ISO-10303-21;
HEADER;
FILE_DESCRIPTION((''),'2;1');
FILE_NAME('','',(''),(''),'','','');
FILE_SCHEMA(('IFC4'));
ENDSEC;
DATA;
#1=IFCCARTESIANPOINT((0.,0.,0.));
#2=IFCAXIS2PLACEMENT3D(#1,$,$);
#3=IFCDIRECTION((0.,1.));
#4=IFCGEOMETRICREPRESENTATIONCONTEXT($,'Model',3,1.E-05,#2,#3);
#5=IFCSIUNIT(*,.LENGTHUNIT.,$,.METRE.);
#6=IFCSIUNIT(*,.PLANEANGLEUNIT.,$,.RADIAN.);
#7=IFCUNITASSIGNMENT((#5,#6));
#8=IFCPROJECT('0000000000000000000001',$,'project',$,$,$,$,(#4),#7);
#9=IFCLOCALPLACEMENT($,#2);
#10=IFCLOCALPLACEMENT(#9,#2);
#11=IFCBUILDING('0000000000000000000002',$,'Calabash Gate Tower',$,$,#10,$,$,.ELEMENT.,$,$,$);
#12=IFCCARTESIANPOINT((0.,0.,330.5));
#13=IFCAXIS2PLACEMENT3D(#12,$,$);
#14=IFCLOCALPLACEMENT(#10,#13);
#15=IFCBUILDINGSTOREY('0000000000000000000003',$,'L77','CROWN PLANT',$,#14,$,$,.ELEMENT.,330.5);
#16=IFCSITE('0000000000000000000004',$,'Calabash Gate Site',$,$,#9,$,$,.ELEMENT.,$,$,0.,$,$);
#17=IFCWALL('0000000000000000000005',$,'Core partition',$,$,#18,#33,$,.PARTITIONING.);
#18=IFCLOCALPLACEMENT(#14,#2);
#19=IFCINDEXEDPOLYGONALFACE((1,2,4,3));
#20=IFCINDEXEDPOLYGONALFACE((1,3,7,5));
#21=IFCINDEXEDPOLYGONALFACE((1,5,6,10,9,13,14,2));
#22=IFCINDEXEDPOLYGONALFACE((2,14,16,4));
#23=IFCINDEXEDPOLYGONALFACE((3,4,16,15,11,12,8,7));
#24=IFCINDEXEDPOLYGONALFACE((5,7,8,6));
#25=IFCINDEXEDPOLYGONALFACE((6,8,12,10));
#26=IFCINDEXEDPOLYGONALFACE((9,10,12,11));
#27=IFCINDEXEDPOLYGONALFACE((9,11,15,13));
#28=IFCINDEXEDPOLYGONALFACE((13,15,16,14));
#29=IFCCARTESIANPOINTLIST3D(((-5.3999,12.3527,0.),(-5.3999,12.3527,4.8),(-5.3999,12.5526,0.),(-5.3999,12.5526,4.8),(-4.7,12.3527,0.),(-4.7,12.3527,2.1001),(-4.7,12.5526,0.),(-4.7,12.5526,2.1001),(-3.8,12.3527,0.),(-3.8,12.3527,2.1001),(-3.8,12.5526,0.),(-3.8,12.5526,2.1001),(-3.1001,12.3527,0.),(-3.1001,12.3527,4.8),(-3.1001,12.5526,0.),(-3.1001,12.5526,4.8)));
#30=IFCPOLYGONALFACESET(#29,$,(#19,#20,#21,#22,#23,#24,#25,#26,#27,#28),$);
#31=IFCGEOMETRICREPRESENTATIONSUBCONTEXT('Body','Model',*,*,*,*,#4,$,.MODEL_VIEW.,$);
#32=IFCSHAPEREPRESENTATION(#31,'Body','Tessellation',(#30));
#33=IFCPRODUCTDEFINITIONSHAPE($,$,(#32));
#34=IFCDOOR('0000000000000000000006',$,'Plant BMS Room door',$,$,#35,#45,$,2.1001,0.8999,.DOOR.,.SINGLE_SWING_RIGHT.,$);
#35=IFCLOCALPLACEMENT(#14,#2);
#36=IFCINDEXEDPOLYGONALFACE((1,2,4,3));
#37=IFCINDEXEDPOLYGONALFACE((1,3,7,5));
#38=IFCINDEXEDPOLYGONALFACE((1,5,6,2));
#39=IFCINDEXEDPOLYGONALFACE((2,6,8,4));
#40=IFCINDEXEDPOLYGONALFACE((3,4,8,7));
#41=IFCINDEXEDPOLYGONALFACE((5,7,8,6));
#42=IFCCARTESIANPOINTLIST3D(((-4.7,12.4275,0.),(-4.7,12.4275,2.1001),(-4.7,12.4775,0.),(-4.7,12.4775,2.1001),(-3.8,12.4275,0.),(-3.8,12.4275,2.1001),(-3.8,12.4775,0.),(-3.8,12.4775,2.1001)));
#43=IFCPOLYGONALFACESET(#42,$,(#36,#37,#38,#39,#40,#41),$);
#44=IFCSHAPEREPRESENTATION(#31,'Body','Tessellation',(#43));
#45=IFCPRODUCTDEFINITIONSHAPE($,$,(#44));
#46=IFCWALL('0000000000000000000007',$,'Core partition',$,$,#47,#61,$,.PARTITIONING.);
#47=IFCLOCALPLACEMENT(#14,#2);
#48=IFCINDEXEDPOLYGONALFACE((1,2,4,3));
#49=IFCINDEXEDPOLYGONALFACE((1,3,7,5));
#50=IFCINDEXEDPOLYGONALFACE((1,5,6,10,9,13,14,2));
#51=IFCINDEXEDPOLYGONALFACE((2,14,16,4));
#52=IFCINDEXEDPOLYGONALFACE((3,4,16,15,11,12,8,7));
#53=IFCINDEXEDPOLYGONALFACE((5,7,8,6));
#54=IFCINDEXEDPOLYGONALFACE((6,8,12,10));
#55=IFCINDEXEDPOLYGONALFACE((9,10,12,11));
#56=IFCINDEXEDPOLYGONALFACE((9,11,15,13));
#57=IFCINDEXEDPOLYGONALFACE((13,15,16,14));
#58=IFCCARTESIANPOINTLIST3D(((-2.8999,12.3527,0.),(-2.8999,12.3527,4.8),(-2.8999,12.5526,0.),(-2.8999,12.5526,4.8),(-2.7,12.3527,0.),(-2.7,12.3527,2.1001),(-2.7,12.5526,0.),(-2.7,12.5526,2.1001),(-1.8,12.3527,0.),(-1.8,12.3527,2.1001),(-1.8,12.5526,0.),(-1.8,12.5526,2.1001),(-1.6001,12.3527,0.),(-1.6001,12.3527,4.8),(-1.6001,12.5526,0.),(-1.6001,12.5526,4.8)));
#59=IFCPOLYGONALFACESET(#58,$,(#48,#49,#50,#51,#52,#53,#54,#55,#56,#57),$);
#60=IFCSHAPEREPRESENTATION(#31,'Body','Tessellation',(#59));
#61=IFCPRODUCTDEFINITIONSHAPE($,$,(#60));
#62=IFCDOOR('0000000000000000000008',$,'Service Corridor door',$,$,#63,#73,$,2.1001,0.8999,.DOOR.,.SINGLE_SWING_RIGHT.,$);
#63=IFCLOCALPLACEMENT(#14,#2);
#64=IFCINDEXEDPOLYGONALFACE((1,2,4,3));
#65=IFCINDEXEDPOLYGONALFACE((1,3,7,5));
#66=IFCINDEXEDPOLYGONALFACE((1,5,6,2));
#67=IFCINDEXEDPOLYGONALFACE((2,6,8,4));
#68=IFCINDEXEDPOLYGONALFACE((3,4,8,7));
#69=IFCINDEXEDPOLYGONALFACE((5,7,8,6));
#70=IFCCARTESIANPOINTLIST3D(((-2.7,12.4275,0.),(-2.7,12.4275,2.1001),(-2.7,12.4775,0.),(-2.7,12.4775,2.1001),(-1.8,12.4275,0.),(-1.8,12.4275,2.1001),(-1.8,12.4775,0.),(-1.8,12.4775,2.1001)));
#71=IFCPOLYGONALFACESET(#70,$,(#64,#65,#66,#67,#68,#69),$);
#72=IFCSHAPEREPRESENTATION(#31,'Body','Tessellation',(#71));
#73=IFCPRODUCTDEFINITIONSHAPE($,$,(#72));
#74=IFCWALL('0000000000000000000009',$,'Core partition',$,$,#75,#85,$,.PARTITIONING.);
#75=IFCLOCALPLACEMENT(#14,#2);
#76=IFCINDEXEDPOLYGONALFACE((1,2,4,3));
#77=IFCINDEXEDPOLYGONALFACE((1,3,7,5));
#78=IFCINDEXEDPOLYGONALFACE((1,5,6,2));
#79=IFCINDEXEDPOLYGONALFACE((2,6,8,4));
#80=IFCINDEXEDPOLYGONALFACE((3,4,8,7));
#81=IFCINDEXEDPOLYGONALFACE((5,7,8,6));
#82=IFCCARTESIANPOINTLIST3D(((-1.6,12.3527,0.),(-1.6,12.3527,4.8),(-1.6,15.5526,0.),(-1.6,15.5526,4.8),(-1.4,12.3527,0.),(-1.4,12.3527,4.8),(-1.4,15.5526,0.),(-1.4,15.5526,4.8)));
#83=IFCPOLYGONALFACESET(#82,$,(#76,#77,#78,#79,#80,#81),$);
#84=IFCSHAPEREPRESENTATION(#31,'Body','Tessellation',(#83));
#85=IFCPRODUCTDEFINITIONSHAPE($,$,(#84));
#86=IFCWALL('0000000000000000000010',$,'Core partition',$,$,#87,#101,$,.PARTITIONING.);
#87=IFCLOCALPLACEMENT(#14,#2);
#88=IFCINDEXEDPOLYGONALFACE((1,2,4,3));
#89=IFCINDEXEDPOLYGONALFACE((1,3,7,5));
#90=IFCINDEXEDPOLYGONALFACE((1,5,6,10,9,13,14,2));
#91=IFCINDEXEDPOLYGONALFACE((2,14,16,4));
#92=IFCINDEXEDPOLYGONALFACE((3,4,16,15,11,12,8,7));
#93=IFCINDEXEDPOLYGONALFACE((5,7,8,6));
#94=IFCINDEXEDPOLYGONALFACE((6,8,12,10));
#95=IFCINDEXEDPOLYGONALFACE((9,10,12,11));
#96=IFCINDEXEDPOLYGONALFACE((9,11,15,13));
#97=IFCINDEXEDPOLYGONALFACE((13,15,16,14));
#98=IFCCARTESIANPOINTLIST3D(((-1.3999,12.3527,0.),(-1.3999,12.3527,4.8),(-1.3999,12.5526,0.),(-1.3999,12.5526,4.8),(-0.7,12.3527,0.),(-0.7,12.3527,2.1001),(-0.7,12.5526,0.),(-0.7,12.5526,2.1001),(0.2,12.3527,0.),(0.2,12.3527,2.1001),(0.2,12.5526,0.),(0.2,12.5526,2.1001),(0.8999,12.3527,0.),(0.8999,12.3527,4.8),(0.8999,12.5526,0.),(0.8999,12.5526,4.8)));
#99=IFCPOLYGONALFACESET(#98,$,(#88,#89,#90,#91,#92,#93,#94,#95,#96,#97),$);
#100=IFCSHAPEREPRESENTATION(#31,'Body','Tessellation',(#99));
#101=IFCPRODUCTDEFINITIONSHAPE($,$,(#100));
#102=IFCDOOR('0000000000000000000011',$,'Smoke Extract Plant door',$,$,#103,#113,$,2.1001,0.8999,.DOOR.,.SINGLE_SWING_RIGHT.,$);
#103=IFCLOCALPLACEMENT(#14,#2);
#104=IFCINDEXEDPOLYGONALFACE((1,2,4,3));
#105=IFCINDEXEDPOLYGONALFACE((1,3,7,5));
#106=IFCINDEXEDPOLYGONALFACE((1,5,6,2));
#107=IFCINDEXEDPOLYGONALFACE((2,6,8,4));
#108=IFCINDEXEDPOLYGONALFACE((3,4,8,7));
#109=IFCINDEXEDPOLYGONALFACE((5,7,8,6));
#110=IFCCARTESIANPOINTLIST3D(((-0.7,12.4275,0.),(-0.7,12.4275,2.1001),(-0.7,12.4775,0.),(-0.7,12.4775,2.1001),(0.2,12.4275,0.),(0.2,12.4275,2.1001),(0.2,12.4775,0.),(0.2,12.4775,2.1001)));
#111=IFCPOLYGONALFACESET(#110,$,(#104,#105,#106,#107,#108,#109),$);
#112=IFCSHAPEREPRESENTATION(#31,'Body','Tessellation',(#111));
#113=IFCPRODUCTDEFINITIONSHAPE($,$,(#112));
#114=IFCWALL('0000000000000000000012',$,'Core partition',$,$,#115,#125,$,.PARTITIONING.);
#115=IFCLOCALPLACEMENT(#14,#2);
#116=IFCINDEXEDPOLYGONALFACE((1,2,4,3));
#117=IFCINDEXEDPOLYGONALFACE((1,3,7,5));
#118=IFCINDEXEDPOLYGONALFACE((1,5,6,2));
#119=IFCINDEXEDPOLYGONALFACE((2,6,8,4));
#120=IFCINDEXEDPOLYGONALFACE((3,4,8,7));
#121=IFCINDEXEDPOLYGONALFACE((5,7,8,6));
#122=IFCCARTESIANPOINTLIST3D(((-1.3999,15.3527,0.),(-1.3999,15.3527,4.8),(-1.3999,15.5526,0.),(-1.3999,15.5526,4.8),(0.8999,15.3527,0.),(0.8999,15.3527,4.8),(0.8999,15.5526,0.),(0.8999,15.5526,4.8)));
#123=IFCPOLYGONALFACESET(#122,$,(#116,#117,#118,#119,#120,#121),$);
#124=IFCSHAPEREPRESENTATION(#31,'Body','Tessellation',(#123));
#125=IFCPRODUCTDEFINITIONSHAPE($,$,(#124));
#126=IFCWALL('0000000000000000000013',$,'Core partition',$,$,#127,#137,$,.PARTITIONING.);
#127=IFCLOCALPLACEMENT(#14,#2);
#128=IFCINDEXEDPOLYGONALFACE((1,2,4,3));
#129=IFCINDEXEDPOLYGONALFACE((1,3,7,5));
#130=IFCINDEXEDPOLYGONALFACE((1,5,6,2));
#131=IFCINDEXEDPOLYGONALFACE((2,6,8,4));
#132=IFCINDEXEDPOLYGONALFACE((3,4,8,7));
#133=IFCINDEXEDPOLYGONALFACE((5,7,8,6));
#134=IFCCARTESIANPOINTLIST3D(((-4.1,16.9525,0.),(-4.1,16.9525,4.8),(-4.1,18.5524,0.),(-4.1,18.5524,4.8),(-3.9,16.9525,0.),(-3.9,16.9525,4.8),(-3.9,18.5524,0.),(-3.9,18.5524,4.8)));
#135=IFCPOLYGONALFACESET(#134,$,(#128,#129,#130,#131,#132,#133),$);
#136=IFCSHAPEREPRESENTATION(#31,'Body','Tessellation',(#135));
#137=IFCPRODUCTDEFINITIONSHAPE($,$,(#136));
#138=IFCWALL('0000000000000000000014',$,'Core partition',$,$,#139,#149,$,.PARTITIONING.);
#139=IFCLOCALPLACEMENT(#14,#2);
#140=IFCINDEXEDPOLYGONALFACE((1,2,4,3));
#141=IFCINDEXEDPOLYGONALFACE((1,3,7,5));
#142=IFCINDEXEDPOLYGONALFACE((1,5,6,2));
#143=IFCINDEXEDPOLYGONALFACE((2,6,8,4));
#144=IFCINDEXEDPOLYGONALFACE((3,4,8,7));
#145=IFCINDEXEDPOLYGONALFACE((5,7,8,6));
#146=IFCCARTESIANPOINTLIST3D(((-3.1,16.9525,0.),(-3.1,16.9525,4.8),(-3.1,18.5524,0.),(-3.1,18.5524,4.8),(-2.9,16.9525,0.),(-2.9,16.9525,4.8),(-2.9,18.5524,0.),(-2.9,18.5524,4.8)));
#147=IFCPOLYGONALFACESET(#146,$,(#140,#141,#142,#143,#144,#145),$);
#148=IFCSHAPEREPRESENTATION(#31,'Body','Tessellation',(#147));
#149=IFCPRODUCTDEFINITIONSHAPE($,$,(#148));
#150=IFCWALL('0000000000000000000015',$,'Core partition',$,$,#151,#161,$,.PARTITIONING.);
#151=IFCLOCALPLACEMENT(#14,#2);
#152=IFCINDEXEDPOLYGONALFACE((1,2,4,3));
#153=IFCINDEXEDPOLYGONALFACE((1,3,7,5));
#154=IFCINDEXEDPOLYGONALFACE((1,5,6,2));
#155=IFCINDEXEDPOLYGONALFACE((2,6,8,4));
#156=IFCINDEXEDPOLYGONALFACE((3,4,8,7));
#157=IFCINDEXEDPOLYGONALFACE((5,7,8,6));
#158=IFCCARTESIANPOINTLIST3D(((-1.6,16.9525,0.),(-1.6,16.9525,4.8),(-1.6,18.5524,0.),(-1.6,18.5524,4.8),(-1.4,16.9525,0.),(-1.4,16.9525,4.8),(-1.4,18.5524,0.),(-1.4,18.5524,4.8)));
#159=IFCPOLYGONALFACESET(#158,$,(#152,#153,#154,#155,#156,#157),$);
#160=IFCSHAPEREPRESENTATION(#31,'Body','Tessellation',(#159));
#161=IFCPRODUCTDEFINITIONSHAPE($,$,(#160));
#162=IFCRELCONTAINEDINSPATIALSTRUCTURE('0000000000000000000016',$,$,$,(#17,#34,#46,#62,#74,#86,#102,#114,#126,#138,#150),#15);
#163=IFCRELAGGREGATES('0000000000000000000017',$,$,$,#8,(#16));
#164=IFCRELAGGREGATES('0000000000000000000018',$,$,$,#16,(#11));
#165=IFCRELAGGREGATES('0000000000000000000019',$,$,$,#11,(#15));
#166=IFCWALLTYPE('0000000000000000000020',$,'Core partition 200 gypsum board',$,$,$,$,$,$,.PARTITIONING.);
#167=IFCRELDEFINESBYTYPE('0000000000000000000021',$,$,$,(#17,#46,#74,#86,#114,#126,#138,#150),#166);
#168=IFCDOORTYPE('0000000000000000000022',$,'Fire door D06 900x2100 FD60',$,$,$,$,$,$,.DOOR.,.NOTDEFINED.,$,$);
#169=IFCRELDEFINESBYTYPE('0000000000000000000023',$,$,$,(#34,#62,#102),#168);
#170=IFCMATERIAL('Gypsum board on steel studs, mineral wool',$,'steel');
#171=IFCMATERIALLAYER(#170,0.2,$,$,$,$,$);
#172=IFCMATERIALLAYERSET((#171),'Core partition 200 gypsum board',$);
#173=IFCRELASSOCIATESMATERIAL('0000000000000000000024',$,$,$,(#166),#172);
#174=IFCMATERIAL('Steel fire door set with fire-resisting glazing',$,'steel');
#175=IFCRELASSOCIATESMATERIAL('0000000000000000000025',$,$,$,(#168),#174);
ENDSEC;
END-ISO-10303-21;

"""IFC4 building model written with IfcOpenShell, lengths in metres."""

from ifc_helpers import new_model, si_unit, direction, frame, frame_2d, origin, place, context, subcontext, project, spatial, rectangle, extrude, material, layer, layer_set, type_object, element, fill, save


model = new_model("IFC4")

# Units and contexts
model_context = context("Model", 3, precision=1e-05, world=origin(), true_north=direction((0.0, 1.0)))
body_context = subcontext(model_context, "Body", "Model", "MODEL_VIEW")
ifc_project = project(units=[si_unit("LENGTHUNIT", "METRE"), si_unit("PLANEANGLEUNIT", "RADIAN")], contexts=[model_context])

# Site, building, storey
site_placement = place(None, origin())
site = spatial("IfcSite", under=ifc_project, at=site_placement, Name="Calabash Gate Site", CompositionType="ELEMENT", RefElevation=0.0)
building_placement = place(site_placement, origin())
building = spatial("IfcBuilding", under=site, at=building_placement, Name="Calabash Gate Tower", CompositionType="ELEMENT")
storey_placement = place(building_placement, frame((0.0, 0.0, 330.5)))
storey = spatial("IfcBuildingStorey", under=building, at=storey_placement, Name="L77", Description="CROWN PLANT", CompositionType="ELEMENT", Elevation=330.5)

# Walls, openings, doors
ifc_material_1 = material(Name="Gypsum board on steel studs, mineral wool", Category="steel")
ifc_layer_1 = layer(ifc_material_1, 0.2)
ifc_layer_set_1 = layer_set([ifc_layer_1], Name="Core partition 200 gypsum board")
wall_type_1 = type_object("IfcWallType", Name="Core partition 200 gypsum board", PredefinedType="PARTITIONING", material=ifc_layer_set_1)
wall_1_placement = place(storey_placement, frame((-5.3999, 12.4526, 0.0), z_axis=(0.0, 0.0, 1.0), x_axis=(1.0, 0.0, 0.0)))
wall_1 = element("IfcWall", 1, at=wall_1_placement, inside=storey, type_object=wall_type_1, Name="Core partition", PredefinedType="PARTITIONING", context=body_context, shape_type="SweptSolid", body=[
    extrude(rectangle(XDim=2.2998, YDim=0.2, at=frame_2d((1.1499, 0.0))), origin(), (0.0, 0.0, 1.0), 4.8),
])
opening_1_placement = place(wall_1_placement, frame((0.7, 0.0, 0.0)))
opening_1 = element("IfcOpeningElement", 2, at=opening_1_placement, cuts=wall_1, PredefinedType="OPENING", context=body_context, shape_type="SweptSolid", body=[
    extrude(rectangle(XDim=0.8999, YDim=2.1001, at=frame_2d((0.45, 1.05))), frame((0.0, 0.1099, 0.0), z_axis=(0.0, -1.0, 0.0), x_axis=(1.0, 0.0, 0.0)), (0.0, 0.0, 1.0), 0.22),
])
ifc_material_2 = material(Name="Steel fire door set with fire-resisting glazing", Category="steel")
door_type_1 = type_object("IfcDoorType", Name="Fire door D06 900x2100 FD60", OperationType="NOTDEFINED", PredefinedType="DOOR", material=ifc_material_2)
door_1_placement = place(opening_1_placement, origin())
door_1 = element("IfcDoor", 3, at=door_1_placement, inside=storey, type_object=door_type_1, Name="Plant BMS Room door", OperationType="SINGLE_SWING_RIGHT", OverallHeight=2.1001, OverallWidth=0.8999, PredefinedType="DOOR", context=body_context, shape_type="SweptSolid", body=[
    extrude(rectangle(XDim=0.8999, YDim=2.1001, at=frame_2d((0.45, 1.05))), frame((0.0, 0.0249, 0.0), z_axis=(0.0, -1.0, 0.0), x_axis=(1.0, 0.0, 0.0)), (0.0, 0.0, 1.0), 0.05),
])
fill(opening_1, door_1)
wall_2_placement = place(storey_placement, frame((-2.8999, 12.4526, 0.0), z_axis=(0.0, 0.0, 1.0), x_axis=(1.0, 0.0, 0.0)))
wall_2 = element("IfcWall", 4, at=wall_2_placement, inside=storey, type_object=wall_type_1, Name="Core partition", PredefinedType="PARTITIONING", context=body_context, shape_type="SweptSolid", body=[
    extrude(rectangle(XDim=1.2998, YDim=0.2, at=frame_2d((0.6499, 0.0))), origin(), (0.0, 0.0, 1.0), 4.8),
])
opening_2_placement = place(wall_2_placement, frame((0.2, 0.0, 0.0)))
opening_2 = element("IfcOpeningElement", 5, at=opening_2_placement, cuts=wall_2, PredefinedType="OPENING", context=body_context, shape_type="SweptSolid", body=[
    extrude(rectangle(XDim=0.8999, YDim=2.1001, at=frame_2d((0.45, 1.05))), frame((0.0, 0.1099, 0.0), z_axis=(0.0, -1.0, 0.0), x_axis=(1.0, 0.0, 0.0)), (0.0, 0.0, 1.0), 0.22),
])
door_2_placement = place(opening_2_placement, origin())
door_2 = element("IfcDoor", 6, at=door_2_placement, inside=storey, type_object=door_type_1, Name="Service Corridor door", OperationType="SINGLE_SWING_RIGHT", OverallHeight=2.1001, OverallWidth=0.8999, PredefinedType="DOOR", context=body_context, shape_type="SweptSolid", body=[
    extrude(rectangle(XDim=0.8999, YDim=2.1001, at=frame_2d((0.45, 1.05))), frame((0.0, 0.0249, 0.0), z_axis=(0.0, -1.0, 0.0), x_axis=(1.0, 0.0, 0.0)), (0.0, 0.0, 1.0), 0.05),
])
fill(opening_2, door_2)

# Wall
wall_3_placement = place(storey_placement, frame((-1.5, 12.3525, 0.0), z_axis=(0.0, 0.0, 1.0), x_axis=(0.0, 1.0, 0.0)))
element("IfcWall", 7, at=wall_3_placement, inside=storey, type_object=wall_type_1, Name="Core partition", PredefinedType="PARTITIONING", context=body_context, shape_type="SweptSolid", body=[
    extrude(rectangle(XDim=3.2, YDim=0.2, at=frame_2d((1.6001, 0.0))), origin(), (0.0, 0.0, 1.0), 4.8),
])

# Wall, opening, door
wall_4_placement = place(storey_placement, frame((-1.3999, 12.4526, 0.0), z_axis=(0.0, 0.0, 1.0), x_axis=(1.0, 0.0, 0.0)))
wall_4 = element("IfcWall", 8, at=wall_4_placement, inside=storey, type_object=wall_type_1, Name="Core partition", PredefinedType="PARTITIONING", context=body_context, shape_type="SweptSolid", body=[
    extrude(rectangle(XDim=2.2998, YDim=0.2, at=frame_2d((1.1499, 0.0))), origin(), (0.0, 0.0, 1.0), 4.8),
])
opening_3_placement = place(wall_4_placement, frame((0.7, 0.0, 0.0)))
opening_3 = element("IfcOpeningElement", 9, at=opening_3_placement, cuts=wall_4, PredefinedType="OPENING", context=body_context, shape_type="SweptSolid", body=[
    extrude(rectangle(XDim=0.8999, YDim=2.1001, at=frame_2d((0.45, 1.05))), frame((0.0, 0.1099, 0.0), z_axis=(0.0, -1.0, 0.0), x_axis=(1.0, 0.0, 0.0)), (0.0, 0.0, 1.0), 0.22),
])
door_3_placement = place(opening_3_placement, origin())
door_3 = element("IfcDoor", 10, at=door_3_placement, inside=storey, type_object=door_type_1, Name="Smoke Extract Plant door", OperationType="SINGLE_SWING_RIGHT", OverallHeight=2.1001, OverallWidth=0.8999, PredefinedType="DOOR", context=body_context, shape_type="SweptSolid", body=[
    extrude(rectangle(XDim=0.8999, YDim=2.1001, at=frame_2d((0.45, 1.05))), frame((0.0, 0.0249, 0.0), z_axis=(0.0, -1.0, 0.0), x_axis=(1.0, 0.0, 0.0)), (0.0, 0.0, 1.0), 0.05),
])
fill(opening_3, door_3)

# Walls
wall_5_placement = place(storey_placement, frame((-1.3999, 15.4526, 0.0), z_axis=(0.0, 0.0, 1.0), x_axis=(1.0, 0.0, 0.0)))
element("IfcWall", 11, at=wall_5_placement, inside=storey, type_object=wall_type_1, Name="Core partition", PredefinedType="PARTITIONING", context=body_context, shape_type="SweptSolid", body=[
    extrude(rectangle(XDim=2.2998, YDim=0.2, at=frame_2d((1.1499, 0.0))), origin(), (0.0, 0.0, 1.0), 4.8),
])
for number, where, z_axis, x_axis, name in (
    (12, (-4.0, 16.9526, 0.0), (0.0, 0.0, 1.0), (0.0, 1.0, 0.0), "Core partition"),
    (13, (-3.0, 16.9526, 0.0), (0.0, 0.0, 1.0), (0.0, 1.0, 0.0), "Core partition"),
    (14, (-1.5, 16.9526, 0.0), (0.0, 0.0, 1.0), (0.0, 1.0, 0.0), "Core partition"),
):
    element("IfcWall", number, at=place(storey_placement, frame(where, z_axis=z_axis, x_axis=x_axis)), inside=storey, type_object=wall_type_1, Name=name, PredefinedType="PARTITIONING", context=body_context, shape_type="SweptSolid", body=[
        extrude(rectangle(XDim=1.5999, YDim=0.2, at=frame_2d((0.7998, 0.0))), origin(), (0.0, 0.0, 1.0), 4.8),
    ])

save(model, "model.ifc")
